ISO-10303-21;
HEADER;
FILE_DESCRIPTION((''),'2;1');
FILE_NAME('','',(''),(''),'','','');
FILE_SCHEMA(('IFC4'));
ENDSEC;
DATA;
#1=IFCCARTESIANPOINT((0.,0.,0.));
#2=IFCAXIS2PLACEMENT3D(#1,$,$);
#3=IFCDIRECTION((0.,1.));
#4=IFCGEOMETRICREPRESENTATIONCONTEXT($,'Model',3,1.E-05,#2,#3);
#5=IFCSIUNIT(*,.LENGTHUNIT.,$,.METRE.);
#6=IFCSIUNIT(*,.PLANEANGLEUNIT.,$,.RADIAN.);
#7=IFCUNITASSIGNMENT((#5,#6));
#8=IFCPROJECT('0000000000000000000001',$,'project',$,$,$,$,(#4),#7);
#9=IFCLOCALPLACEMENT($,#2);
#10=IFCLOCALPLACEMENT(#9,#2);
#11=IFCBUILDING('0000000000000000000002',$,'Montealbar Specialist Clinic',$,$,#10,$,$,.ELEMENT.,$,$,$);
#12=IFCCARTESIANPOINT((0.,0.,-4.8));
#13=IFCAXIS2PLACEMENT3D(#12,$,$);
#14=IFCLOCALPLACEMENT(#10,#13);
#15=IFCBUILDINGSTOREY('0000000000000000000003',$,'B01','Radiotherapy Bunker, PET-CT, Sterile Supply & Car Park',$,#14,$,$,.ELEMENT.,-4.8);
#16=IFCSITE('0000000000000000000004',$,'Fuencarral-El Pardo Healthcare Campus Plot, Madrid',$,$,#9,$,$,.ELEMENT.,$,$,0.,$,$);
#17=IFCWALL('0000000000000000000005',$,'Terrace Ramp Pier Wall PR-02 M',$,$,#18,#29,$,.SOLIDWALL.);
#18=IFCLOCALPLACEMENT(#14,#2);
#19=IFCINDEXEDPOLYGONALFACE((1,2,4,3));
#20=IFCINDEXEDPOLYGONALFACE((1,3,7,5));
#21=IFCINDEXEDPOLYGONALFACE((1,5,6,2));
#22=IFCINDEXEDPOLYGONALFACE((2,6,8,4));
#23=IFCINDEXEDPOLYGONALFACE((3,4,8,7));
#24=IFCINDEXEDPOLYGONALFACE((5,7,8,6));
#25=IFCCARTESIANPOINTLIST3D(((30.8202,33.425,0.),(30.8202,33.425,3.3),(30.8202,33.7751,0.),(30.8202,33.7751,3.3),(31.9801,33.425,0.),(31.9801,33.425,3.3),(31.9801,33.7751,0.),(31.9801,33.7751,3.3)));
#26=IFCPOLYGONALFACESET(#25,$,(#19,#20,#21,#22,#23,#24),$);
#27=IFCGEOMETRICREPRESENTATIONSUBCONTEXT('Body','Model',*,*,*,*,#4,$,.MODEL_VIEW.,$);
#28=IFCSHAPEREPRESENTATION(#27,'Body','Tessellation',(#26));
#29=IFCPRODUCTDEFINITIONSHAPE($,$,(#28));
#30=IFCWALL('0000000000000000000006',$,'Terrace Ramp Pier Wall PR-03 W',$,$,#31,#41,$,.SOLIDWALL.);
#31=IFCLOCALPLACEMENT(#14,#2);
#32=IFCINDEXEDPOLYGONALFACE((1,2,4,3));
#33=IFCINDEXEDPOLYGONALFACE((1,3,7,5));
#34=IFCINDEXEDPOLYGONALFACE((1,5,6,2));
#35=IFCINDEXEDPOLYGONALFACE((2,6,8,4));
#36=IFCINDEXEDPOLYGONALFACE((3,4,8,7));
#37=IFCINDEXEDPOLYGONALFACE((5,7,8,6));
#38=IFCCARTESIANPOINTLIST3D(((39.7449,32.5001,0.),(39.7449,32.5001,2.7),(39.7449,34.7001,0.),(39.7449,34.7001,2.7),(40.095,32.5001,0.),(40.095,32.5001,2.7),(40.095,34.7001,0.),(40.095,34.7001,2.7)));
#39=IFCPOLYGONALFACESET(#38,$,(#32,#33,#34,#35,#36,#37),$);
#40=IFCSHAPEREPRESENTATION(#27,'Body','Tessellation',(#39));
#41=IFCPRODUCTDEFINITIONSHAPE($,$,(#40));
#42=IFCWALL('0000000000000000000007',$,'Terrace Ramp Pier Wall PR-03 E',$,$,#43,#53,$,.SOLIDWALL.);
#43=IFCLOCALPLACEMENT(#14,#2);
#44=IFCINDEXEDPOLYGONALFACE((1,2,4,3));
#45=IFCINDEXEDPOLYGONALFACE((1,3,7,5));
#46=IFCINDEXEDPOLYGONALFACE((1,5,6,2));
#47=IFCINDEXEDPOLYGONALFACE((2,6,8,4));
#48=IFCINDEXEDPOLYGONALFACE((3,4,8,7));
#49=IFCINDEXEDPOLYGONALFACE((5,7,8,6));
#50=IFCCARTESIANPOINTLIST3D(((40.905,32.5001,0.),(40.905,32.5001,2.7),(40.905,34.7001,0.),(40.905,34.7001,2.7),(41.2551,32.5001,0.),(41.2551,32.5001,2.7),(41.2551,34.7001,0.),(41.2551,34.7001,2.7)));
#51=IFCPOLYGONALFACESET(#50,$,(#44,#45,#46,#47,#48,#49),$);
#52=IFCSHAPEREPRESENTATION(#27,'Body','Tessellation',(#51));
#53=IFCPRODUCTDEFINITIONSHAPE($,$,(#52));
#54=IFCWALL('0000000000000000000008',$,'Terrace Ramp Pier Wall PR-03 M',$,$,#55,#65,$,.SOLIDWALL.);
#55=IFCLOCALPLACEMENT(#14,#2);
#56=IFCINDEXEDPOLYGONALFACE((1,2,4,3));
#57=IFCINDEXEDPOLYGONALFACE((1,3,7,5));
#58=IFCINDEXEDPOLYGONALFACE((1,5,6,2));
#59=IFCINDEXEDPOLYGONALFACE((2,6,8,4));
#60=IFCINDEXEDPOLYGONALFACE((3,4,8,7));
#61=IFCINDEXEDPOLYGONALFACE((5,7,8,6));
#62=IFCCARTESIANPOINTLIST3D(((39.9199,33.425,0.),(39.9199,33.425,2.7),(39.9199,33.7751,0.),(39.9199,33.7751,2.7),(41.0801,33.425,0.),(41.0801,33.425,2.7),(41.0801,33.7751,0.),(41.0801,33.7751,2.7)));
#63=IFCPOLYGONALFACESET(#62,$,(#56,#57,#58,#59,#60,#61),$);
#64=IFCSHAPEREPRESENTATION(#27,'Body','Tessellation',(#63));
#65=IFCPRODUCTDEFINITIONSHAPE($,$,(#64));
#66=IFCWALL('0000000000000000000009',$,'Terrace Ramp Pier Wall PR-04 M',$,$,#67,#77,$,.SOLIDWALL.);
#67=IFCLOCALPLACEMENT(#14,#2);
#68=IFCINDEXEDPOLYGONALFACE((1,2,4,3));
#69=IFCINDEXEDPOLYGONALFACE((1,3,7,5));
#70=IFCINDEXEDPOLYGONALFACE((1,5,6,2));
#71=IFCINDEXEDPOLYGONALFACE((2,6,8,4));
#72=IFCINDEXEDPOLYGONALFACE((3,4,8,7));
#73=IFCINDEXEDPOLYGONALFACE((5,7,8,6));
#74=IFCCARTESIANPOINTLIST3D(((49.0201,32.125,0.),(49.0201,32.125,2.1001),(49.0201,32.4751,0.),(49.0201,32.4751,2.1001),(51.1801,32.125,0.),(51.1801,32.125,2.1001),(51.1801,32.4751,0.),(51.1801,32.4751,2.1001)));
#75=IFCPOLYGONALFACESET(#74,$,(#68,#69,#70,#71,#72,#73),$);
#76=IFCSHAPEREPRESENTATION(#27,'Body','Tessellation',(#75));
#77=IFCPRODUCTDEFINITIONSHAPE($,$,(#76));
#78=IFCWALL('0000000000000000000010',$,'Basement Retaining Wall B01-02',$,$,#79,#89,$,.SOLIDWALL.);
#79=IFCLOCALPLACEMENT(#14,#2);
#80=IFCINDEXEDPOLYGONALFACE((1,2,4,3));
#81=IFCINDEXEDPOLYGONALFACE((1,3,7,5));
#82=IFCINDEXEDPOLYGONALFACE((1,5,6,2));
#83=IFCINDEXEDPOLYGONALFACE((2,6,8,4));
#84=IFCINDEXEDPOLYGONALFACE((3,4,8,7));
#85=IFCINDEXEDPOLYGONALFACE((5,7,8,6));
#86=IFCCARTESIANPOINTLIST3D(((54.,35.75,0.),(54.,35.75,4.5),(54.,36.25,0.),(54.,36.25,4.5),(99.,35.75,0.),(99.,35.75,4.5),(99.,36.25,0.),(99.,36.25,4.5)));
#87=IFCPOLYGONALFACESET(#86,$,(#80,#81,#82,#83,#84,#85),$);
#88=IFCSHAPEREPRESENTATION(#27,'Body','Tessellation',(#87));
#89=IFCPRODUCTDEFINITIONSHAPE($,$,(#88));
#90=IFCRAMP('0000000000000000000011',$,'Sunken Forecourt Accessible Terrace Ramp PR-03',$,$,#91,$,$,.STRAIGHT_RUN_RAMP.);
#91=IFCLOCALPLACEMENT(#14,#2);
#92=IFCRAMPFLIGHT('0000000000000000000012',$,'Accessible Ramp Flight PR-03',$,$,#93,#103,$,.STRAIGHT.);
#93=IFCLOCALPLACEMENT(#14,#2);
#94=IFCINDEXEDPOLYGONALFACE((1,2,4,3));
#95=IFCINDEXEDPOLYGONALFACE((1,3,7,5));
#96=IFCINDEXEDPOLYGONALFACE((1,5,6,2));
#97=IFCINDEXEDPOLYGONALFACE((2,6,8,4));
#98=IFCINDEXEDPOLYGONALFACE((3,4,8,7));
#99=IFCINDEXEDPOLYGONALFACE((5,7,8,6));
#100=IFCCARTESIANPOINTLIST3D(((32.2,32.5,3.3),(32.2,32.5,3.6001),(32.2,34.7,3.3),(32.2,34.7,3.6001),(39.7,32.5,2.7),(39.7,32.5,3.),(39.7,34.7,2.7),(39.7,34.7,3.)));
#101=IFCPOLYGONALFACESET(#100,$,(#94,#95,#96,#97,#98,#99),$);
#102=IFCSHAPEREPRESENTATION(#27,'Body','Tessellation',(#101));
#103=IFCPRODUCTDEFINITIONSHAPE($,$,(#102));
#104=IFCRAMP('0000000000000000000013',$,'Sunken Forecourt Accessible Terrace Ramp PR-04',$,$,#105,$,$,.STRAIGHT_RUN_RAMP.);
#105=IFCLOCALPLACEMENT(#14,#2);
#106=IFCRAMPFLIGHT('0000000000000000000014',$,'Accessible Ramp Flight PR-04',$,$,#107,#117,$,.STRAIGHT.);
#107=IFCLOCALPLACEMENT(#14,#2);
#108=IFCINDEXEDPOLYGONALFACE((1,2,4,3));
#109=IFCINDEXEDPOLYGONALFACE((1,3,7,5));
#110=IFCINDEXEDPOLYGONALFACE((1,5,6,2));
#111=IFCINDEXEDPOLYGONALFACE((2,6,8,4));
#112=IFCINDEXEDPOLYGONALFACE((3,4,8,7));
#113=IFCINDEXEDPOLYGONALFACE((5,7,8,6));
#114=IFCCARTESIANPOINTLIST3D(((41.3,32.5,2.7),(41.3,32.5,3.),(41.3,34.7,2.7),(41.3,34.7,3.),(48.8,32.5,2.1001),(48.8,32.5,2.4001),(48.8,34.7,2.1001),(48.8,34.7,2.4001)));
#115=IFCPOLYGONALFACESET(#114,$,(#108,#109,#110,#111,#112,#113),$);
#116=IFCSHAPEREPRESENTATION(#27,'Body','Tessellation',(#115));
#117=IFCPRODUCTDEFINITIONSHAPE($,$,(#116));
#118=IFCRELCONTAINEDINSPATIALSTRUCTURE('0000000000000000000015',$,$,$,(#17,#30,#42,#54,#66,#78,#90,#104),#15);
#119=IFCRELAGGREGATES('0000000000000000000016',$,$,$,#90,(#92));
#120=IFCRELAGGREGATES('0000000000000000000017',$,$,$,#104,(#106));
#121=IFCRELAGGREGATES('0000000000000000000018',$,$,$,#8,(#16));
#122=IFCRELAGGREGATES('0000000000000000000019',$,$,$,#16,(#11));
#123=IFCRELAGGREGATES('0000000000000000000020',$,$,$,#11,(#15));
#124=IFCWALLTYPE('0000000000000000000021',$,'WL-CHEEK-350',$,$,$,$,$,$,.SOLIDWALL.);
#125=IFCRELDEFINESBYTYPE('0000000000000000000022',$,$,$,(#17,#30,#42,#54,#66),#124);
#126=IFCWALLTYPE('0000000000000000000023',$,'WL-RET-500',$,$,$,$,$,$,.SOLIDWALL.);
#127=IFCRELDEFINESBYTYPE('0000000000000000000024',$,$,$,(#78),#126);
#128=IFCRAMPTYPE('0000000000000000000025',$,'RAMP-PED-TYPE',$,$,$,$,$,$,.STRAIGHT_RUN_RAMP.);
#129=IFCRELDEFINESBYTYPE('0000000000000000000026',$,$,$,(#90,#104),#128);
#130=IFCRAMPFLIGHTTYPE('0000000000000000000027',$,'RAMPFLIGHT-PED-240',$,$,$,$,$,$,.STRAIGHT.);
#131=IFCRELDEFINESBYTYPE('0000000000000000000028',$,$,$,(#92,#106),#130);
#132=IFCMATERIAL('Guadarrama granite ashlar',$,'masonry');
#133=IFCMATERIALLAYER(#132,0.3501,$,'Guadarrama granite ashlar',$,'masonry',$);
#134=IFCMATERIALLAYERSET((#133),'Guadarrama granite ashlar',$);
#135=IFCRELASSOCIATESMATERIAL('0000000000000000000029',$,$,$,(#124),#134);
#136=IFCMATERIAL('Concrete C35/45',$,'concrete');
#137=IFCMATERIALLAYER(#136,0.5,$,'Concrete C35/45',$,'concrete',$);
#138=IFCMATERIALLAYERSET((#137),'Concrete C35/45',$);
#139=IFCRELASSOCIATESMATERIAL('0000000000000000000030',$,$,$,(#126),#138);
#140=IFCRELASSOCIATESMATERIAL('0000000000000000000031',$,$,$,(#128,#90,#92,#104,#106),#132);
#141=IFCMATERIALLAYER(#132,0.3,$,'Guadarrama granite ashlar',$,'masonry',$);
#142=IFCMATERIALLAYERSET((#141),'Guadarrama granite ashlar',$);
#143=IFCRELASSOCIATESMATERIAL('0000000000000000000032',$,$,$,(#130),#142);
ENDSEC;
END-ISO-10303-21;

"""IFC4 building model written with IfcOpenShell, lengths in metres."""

from ifc_helpers import new_model, si_unit, direction, frame, frame_2d, origin, place, context, subcontext, project, spatial, polyline, rectangle, outline, extrude, material, layer, layer_set, type_object, element, aggregate, save


model = new_model("IFC4")

# Units and contexts
model_context = context("Model", 3, precision=1e-05, world=origin(), true_north=direction((0.0, 1.0)))
body_context = subcontext(model_context, "Body", "Model", "MODEL_VIEW")
ifc_project = project(units=[si_unit("LENGTHUNIT", "METRE"), si_unit("PLANEANGLEUNIT", "RADIAN")], contexts=[model_context])

# Site, building, storey
site_placement = place(None, origin())
site = spatial("IfcSite", under=ifc_project, at=site_placement, Name="Fuencarral-El Pardo Healthcare Campus Plot, Madrid", CompositionType="ELEMENT", RefElevation=0.0)
building_placement = place(site_placement, origin())
building = spatial("IfcBuilding", under=site, at=building_placement, Name="Montealbar Specialist Clinic", CompositionType="ELEMENT")
storey_placement = place(building_placement, frame((0.0, 0.0, -4.8)))
storey = spatial("IfcBuildingStorey", under=building, at=storey_placement, Name="B01", Description="Radiotherapy Bunker, PET-CT, Sterile Supply & Car Park", CompositionType="ELEMENT", Elevation=-4.8)

# Shared definitions
ifc_material_1 = material(Name="Concrete C35/45", Category="concrete")

# Shared definitions
ifc_material_2 = material(Name="Guadarrama granite ashlar", Category="masonry")

# Walls
ifc_layer_1 = layer(ifc_material_2, 0.3501, Name="Guadarrama granite ashlar", Category="masonry")
ifc_layer_set_1 = layer_set([ifc_layer_1], Name="Guadarrama granite ashlar")
wall_type_1 = type_object("IfcWallType", Name="WL-CHEEK-350", PredefinedType="SOLIDWALL", material=ifc_layer_set_1)
wall_1_placement = place(storey_placement, frame((30.8201, 33.6001, 0.0), z_axis=(0.0, 0.0, 1.0), x_axis=(1.0, 0.0, 0.0)))
element("IfcWall", 1, at=wall_1_placement, inside=storey, type_object=wall_type_1, Name="Terrace Ramp Pier Wall PR-02 M", PredefinedType="SOLIDWALL", context=body_context, shape_type="SweptSolid", body=[
    extrude(rectangle(XDim=1.1599, YDim=0.3501, at=frame_2d((0.5801, 0.0))), origin(), (0.0, 0.0, 1.0), 3.3),
])
for number, where, z_axis, x_axis, name in (
    (2, (39.9199, 32.5, 0.0), (0.0, 0.0, 1.0), (0.0, 1.0, 0.0), "Terrace Ramp Pier Wall PR-03 W"),
    (3, (41.0801, 32.5, 0.0), (0.0, 0.0, 1.0), (0.0, 1.0, 0.0), "Terrace Ramp Pier Wall PR-03 E"),
):
    element("IfcWall", number, at=place(storey_placement, frame(where, z_axis=z_axis, x_axis=x_axis)), inside=storey, type_object=wall_type_1, Name=name, PredefinedType="SOLIDWALL", context=body_context, shape_type="SweptSolid", body=[
        extrude(rectangle(XDim=2.2, YDim=0.3501, at=frame_2d((1.1001, 0.0))), origin(), (0.0, 0.0, 1.0), 2.7),
    ])
wall_2_placement = place(storey_placement, frame((39.9199, 33.6001, 0.0), z_axis=(0.0, 0.0, 1.0), x_axis=(1.0, 0.0, 0.0)))
element("IfcWall", 4, at=wall_2_placement, inside=storey, type_object=wall_type_1, Name="Terrace Ramp Pier Wall PR-03 M", PredefinedType="SOLIDWALL", context=body_context, shape_type="SweptSolid", body=[
    extrude(rectangle(XDim=1.1602, YDim=0.3501, at=frame_2d((0.5801, 0.0))), origin(), (0.0, 0.0, 1.0), 2.7),
])
wall_3_placement = place(storey_placement, frame((49.02, 32.3, 0.0), z_axis=(0.0, 0.0, 1.0), x_axis=(1.0, 0.0, 0.0)))
element("IfcWall", 5, at=wall_3_placement, inside=storey, type_object=wall_type_1, Name="Terrace Ramp Pier Wall PR-04 M", PredefinedType="SOLIDWALL", context=body_context, shape_type="SweptSolid", body=[
    extrude(rectangle(XDim=2.1599, YDim=0.3501, at=frame_2d((1.0801, 0.0))), origin(), (0.0, 0.0, 1.0), 2.1001),
])
ifc_layer_2 = layer(ifc_material_1, 0.5, Name="Concrete C35/45", Category="concrete")
ifc_layer_set_2 = layer_set([ifc_layer_2], Name="Concrete C35/45")
wall_type_2 = type_object("IfcWallType", Name="WL-RET-500", PredefinedType="SOLIDWALL", material=ifc_layer_set_2)
wall_4_placement = place(storey_placement, frame((54.0, 36.0, 0.0), z_axis=(0.0, 0.0, 1.0), x_axis=(1.0, 0.0, 0.0)))
element("IfcWall", 6, at=wall_4_placement, inside=storey, type_object=wall_type_2, Name="Basement Retaining Wall B01-02", PredefinedType="SOLIDWALL", context=body_context, shape_type="SweptSolid", body=[
    extrude(rectangle(XDim=45.0, YDim=0.5, at=frame_2d((22.5, 0.0))), origin(), (0.0, 0.0, 1.0), 4.5),
])

# Ramps, ramp flights
ramp_type = type_object("IfcRampType", Name="RAMP-PED-TYPE", PredefinedType="STRAIGHT_RUN_RAMP", material=ifc_material_2)
ramp_1_placement = place(storey_placement, origin())
ramp_1 = element("IfcRamp", 7, at=ramp_1_placement, inside=storey, type_object=ramp_type, material=ifc_material_2, Name="Sunken Forecourt Accessible Terrace Ramp PR-03", PredefinedType="STRAIGHT_RUN_RAMP")
ifc_layer_3 = layer(ifc_material_2, 0.3, Name="Guadarrama granite ashlar", Category="masonry")
ifc_layer_set_3 = layer_set([ifc_layer_3], Name="Guadarrama granite ashlar")
ramp_flight_type = type_object("IfcRampFlightType", Name="RAMPFLIGHT-PED-240", PredefinedType="STRAIGHT", material=ifc_layer_set_3)
ramp_flight_1_placement = place(storey_placement, frame((39.7, 33.6001, 3.0), z_axis=(0.0, 0.0, 1.0), x_axis=(-1.0, 0.0, 0.0)))
ramp_flight_1 = element("IfcRampFlight", 8, at=ramp_flight_1_placement, type_object=ramp_flight_type, material=ifc_material_2, Name="Accessible Ramp Flight PR-03", PredefinedType="STRAIGHT", context=body_context, shape_type="SweptSolid", body=[
    extrude(outline(polyline([(0.0, -0.3), (7.5, 0.3), (7.5, 0.6001), (0.0, 0.0), (0.0, -0.3)])), frame((0.0, 1.1001, 0.0), z_axis=(0.0, -1.0, 0.0), x_axis=(1.0, 0.0, 0.0)), (0.0, 0.0, 1.0), 2.2),
])
aggregate(ramp_1, [ramp_flight_1])
ramp_2_placement = place(storey_placement, origin())
ramp_2 = element("IfcRamp", 9, at=ramp_2_placement, inside=storey, type_object=ramp_type, material=ifc_material_2, Name="Sunken Forecourt Accessible Terrace Ramp PR-04", PredefinedType="STRAIGHT_RUN_RAMP")
ramp_flight_2_placement = place(storey_placement, frame((48.8, 33.6001, 2.4001), z_axis=(0.0, 0.0, 1.0), x_axis=(-1.0, 0.0, 0.0)))
ramp_flight_2 = element("IfcRampFlight", 10, at=ramp_flight_2_placement, type_object=ramp_flight_type, material=ifc_material_2, Name="Accessible Ramp Flight PR-04", PredefinedType="STRAIGHT", context=body_context, shape_type="SweptSolid", body=[
    extrude(outline(polyline([(0.0, -0.3), (7.5, 0.2998), (7.5, 0.5999), (0.0, 0.0), (0.0, -0.3)])), frame((0.0, 1.1001, 0.0), z_axis=(0.0, -1.0, 0.0), x_axis=(1.0, 0.0, 0.0)), (0.0, 0.0, 1.0), 2.2),
])
aggregate(ramp_2, [ramp_flight_2])

save(model, "model.ifc")
